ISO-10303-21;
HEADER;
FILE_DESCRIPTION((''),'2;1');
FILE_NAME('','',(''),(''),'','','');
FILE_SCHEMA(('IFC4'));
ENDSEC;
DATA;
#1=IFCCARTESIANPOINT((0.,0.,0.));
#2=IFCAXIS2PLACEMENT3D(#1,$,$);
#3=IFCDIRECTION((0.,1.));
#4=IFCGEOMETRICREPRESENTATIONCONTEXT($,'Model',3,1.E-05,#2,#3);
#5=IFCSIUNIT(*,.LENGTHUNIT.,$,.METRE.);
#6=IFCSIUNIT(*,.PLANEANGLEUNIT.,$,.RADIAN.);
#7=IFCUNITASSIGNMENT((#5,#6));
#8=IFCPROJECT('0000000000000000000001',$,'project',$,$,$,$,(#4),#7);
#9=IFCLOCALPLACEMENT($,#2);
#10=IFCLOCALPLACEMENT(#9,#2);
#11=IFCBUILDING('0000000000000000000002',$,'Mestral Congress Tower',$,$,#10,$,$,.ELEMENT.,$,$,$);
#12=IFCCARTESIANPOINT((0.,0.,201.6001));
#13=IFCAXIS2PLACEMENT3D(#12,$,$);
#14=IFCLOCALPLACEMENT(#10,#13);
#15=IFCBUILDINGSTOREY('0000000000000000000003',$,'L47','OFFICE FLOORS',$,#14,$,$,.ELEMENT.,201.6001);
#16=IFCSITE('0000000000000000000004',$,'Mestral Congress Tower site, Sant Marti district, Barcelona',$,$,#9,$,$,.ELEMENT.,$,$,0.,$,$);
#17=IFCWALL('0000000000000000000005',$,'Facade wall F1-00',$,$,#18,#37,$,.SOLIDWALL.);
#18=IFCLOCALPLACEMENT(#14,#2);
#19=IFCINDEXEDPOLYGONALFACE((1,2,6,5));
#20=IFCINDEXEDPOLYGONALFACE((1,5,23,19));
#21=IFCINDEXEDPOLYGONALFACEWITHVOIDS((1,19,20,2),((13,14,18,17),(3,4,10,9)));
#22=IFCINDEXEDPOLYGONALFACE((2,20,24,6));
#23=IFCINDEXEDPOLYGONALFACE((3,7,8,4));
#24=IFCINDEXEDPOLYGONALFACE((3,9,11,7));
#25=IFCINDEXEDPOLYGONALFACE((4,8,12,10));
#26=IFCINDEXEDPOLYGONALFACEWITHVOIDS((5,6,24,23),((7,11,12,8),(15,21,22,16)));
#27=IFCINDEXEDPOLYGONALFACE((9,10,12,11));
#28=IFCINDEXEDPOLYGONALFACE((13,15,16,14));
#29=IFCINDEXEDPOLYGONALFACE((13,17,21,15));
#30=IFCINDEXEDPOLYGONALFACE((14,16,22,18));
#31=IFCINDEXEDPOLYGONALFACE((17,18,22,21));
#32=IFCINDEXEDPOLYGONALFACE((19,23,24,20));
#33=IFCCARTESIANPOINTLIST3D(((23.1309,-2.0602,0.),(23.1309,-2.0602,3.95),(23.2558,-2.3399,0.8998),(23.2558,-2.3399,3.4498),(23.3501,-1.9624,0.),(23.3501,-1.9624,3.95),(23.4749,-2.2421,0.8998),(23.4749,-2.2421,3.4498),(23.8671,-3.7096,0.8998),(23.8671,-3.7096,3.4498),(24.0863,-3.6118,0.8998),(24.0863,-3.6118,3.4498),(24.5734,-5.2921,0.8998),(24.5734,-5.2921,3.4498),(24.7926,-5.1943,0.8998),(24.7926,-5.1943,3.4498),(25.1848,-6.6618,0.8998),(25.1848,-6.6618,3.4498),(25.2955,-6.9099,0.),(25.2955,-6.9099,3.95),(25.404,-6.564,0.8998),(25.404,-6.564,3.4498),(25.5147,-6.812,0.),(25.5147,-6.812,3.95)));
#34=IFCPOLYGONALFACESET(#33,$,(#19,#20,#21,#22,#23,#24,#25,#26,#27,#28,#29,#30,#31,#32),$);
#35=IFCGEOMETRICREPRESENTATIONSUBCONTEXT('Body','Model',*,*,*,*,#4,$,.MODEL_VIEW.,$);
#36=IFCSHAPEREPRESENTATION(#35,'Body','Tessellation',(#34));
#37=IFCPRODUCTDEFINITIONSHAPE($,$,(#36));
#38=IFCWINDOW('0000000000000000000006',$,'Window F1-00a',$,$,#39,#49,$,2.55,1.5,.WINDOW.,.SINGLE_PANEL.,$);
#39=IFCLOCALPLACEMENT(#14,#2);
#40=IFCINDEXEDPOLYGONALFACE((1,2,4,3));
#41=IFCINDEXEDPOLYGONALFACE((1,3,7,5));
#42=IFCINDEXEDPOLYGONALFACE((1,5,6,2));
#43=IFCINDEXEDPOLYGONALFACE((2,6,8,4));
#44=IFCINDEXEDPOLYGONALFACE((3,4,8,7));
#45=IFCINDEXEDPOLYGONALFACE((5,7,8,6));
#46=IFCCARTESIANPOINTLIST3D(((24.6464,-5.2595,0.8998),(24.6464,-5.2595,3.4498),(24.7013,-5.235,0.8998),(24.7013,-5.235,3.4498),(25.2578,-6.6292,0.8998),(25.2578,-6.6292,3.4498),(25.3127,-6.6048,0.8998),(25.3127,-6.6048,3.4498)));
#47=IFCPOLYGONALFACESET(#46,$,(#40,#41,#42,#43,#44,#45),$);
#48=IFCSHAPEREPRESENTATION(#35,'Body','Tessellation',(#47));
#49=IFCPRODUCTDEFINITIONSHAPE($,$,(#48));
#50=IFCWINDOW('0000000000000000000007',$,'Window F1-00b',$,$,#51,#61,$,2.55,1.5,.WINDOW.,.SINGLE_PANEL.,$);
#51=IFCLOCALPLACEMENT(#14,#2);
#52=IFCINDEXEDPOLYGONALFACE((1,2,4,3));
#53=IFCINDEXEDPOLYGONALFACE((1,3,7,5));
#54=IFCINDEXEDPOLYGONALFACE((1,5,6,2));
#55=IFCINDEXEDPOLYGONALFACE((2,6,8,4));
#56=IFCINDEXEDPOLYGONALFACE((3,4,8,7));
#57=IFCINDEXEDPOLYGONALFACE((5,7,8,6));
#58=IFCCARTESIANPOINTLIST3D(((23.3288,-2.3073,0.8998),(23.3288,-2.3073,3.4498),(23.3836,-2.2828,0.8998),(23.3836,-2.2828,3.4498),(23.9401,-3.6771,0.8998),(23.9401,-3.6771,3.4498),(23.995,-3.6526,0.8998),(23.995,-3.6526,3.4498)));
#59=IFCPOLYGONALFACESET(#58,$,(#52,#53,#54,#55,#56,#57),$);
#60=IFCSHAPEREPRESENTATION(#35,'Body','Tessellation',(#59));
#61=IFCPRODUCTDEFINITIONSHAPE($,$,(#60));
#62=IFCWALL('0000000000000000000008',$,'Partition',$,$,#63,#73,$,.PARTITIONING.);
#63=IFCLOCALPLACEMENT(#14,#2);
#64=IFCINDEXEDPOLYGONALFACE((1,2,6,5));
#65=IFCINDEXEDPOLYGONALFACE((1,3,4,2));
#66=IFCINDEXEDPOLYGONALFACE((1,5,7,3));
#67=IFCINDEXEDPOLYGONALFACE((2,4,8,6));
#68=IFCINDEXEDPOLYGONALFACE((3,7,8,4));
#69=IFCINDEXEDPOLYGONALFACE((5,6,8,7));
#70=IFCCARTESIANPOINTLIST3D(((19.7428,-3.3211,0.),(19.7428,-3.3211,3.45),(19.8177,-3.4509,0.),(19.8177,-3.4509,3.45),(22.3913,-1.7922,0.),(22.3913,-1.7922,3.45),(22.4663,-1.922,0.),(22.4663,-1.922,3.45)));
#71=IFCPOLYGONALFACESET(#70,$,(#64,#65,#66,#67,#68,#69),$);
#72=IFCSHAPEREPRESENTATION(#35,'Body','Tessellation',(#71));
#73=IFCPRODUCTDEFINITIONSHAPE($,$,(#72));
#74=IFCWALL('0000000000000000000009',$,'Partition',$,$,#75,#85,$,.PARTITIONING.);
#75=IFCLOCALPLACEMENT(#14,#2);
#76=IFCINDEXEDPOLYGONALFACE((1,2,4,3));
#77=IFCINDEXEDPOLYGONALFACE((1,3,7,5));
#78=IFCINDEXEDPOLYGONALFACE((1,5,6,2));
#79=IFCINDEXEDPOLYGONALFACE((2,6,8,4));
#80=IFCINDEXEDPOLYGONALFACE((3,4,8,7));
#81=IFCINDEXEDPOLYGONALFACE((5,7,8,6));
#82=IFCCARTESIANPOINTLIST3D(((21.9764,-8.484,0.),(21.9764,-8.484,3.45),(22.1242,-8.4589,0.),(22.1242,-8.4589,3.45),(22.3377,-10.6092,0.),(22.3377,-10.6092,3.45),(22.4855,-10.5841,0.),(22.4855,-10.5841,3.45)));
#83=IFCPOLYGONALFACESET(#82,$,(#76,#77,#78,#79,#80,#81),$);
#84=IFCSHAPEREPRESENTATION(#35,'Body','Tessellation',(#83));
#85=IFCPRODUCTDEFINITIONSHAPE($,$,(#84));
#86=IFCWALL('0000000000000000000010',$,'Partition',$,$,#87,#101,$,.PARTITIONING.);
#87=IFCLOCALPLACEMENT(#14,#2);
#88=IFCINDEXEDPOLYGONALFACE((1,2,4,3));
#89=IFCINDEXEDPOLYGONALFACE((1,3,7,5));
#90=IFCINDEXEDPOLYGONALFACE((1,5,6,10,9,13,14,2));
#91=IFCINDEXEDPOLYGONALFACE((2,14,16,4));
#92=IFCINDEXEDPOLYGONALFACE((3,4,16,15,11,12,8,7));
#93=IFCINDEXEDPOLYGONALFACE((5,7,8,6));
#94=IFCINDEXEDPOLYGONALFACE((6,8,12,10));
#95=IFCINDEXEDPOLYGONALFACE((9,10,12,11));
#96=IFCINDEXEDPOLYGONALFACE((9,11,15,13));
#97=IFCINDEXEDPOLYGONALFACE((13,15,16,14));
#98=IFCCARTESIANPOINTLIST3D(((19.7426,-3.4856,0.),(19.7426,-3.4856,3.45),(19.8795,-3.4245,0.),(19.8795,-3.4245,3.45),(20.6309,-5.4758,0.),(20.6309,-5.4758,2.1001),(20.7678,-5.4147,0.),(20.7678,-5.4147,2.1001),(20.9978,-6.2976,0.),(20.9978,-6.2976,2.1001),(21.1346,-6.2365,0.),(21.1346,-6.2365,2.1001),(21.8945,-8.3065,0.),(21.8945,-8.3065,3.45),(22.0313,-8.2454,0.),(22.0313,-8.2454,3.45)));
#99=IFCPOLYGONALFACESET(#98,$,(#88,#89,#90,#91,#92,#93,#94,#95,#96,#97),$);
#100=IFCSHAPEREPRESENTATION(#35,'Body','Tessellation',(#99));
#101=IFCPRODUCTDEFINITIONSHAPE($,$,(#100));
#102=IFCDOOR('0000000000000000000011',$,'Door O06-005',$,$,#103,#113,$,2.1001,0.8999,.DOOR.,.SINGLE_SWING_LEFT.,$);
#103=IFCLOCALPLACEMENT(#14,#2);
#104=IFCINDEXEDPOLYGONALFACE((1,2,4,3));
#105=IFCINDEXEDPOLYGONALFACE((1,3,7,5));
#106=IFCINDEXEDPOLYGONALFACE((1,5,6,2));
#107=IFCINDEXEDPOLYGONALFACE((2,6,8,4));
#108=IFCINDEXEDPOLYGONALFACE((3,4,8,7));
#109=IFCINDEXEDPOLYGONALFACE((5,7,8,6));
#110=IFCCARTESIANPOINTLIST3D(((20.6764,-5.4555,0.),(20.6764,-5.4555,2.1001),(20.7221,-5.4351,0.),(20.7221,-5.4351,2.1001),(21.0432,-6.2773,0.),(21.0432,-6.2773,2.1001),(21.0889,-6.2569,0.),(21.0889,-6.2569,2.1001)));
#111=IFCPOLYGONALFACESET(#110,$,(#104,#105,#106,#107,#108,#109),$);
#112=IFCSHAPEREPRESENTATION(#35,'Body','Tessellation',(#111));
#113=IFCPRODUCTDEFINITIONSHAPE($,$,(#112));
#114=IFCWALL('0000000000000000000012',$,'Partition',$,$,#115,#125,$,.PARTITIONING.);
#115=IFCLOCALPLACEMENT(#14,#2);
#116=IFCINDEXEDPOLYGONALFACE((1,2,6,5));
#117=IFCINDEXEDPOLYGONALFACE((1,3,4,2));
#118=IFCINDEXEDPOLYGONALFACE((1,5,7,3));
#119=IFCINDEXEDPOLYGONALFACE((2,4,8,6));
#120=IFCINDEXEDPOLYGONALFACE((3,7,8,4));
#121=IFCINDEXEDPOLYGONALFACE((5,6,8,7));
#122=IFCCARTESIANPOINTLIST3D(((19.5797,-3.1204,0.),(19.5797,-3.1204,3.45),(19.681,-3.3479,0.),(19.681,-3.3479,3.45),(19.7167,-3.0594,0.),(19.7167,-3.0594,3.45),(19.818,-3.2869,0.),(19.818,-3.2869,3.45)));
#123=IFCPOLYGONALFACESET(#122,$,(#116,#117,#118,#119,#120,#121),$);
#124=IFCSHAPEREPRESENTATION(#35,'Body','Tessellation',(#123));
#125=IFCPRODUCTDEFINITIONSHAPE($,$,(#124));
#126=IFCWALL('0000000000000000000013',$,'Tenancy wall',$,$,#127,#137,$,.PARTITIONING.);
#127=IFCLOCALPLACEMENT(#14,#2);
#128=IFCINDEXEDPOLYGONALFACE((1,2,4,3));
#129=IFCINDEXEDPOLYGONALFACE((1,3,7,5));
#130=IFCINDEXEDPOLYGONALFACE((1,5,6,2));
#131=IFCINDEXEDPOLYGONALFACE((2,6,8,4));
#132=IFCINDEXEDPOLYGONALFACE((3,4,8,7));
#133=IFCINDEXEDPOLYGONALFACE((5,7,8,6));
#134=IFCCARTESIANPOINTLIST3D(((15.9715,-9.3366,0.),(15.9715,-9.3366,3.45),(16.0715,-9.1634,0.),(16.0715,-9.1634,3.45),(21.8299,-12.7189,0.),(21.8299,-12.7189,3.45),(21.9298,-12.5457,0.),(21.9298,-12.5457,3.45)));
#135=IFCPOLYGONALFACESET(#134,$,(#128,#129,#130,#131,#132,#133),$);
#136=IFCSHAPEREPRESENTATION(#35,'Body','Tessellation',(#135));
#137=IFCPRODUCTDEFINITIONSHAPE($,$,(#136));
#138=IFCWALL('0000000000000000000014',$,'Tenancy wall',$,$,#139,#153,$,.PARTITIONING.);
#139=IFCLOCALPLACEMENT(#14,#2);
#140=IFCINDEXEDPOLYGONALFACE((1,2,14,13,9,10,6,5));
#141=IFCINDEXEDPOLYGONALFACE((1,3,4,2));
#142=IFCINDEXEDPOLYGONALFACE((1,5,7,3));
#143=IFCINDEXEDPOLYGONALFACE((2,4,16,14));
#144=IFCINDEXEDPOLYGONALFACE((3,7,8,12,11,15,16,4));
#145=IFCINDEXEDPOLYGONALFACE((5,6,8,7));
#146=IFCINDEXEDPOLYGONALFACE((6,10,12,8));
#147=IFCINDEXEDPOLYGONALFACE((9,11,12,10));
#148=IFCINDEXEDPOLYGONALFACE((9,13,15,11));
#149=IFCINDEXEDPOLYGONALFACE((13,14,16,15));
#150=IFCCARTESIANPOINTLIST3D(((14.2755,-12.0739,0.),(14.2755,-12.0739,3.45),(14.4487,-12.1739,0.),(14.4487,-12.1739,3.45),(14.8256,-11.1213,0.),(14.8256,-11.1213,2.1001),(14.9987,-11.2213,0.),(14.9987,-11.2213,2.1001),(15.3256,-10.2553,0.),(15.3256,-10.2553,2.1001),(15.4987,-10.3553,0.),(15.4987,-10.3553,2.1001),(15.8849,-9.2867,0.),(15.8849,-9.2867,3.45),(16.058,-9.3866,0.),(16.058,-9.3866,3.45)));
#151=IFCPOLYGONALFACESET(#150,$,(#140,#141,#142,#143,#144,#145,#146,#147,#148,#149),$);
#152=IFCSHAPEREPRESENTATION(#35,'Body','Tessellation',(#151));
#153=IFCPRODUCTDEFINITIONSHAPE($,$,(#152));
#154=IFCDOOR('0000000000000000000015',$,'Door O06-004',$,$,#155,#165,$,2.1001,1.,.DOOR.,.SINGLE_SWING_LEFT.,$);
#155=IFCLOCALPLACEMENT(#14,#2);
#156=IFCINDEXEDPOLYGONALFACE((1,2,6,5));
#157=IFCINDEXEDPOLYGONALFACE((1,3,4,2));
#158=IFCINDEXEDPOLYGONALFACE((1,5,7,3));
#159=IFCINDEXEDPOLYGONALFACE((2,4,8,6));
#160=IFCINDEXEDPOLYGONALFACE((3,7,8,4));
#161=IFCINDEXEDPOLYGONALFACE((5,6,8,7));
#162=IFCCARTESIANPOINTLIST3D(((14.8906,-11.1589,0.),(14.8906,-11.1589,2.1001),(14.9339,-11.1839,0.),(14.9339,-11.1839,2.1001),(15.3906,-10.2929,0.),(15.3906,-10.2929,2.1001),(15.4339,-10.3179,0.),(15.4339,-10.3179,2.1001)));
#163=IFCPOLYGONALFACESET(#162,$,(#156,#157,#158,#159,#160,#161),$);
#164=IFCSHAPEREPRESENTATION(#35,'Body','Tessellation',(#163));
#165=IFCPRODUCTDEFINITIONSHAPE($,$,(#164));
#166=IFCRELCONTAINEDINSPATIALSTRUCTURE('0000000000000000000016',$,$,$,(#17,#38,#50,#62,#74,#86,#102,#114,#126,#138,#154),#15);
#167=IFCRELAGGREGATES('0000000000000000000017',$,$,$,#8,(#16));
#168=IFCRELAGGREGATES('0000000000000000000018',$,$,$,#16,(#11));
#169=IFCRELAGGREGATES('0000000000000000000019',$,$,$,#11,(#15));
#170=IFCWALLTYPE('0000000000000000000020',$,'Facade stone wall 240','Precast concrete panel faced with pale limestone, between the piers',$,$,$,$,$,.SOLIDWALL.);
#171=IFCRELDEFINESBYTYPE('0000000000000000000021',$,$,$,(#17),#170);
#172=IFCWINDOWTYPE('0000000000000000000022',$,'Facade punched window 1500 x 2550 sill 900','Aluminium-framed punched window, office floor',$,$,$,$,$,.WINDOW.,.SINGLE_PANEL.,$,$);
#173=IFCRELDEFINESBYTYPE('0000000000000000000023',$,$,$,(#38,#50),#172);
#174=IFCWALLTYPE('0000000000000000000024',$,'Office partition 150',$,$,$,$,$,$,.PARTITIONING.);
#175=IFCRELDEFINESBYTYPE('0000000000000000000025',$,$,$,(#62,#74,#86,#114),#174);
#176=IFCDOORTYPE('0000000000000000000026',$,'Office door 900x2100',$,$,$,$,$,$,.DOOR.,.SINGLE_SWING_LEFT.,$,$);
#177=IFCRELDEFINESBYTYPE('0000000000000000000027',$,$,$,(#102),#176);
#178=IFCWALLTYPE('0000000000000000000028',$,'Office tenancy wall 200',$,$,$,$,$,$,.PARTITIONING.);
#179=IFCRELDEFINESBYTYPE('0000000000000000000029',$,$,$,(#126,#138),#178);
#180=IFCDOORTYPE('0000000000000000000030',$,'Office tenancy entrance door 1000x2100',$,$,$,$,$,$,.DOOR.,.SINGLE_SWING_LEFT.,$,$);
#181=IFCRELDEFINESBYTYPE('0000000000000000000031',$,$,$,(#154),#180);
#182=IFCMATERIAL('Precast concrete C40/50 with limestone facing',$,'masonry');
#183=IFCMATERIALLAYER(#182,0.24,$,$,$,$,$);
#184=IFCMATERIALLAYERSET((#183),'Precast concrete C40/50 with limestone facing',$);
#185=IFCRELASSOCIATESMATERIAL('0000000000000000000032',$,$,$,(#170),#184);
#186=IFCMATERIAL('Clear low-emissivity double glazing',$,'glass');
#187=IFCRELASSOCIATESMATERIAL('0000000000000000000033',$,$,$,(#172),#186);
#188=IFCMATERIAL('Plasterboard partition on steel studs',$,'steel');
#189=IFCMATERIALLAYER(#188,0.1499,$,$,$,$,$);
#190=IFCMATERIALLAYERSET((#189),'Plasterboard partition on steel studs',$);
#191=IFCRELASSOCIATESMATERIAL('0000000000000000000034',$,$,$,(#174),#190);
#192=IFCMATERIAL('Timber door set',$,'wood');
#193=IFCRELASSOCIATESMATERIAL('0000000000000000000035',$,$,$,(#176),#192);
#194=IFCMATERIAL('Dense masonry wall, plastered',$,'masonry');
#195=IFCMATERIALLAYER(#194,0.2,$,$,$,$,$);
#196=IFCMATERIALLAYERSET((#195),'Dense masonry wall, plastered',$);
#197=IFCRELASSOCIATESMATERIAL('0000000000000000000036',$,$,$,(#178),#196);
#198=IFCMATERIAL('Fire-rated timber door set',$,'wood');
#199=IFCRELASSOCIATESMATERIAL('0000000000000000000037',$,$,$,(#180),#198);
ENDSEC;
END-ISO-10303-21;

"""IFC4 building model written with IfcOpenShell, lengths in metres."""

from ifc_helpers import new_model, si_unit, direction, frame, frame_2d, origin, place, context, subcontext, project, spatial, rectangle, extrude, material, layer, layer_set, type_object, element, fill, save


model = new_model("IFC4")

# Units and contexts
model_context = context("Model", 3, precision=1e-05, world=origin(), true_north=direction((0.0, 1.0)))
body_context = subcontext(model_context, "Body", "Model", "MODEL_VIEW")
ifc_project = project(units=[si_unit("LENGTHUNIT", "METRE"), si_unit("PLANEANGLEUNIT", "RADIAN")], contexts=[model_context])

# Site, building, storey
site_placement = place(None, origin())
site = spatial("IfcSite", under=ifc_project, at=site_placement, Name="Mestral Congress Tower site, Sant Marti district, Barcelona", CompositionType="ELEMENT", RefElevation=0.0)
building_placement = place(site_placement, origin())
building = spatial("IfcBuilding", under=site, at=building_placement, Name="Mestral Congress Tower", CompositionType="ELEMENT")
storey_placement = place(building_placement, frame((0.0, 0.0, 201.6001)))
storey = spatial("IfcBuildingStorey", under=building, at=storey_placement, Name="L47", Description="OFFICE FLOORS", CompositionType="ELEMENT", Elevation=201.6001)

# Shared definitions
ifc_material_1 = material(Name="Precast concrete C40/50 with limestone facing", Category="masonry")
ifc_layer_1 = layer(ifc_material_1, 0.24)
ifc_layer_set_1 = layer_set([ifc_layer_1], Name="Precast concrete C40/50 with limestone facing")
wall_type_1 = type_object("IfcWallType", Name="Facade stone wall 240", Description="Precast concrete panel faced with pale limestone, between the piers", PredefinedType="SOLIDWALL", material=ifc_layer_set_1)
ifc_material_2 = material(Name="Clear low-emissivity double glazing", Category="glass")

# Wall, openings, windows
wall_1_placement = place(storey_placement, frame((25.405, -6.8608, 0.0), z_axis=(0.0, 0.0, 1.0), x_axis=(-0.40758, 0.91317, 0.0)))
wall_1 = element("IfcWall", 1, at=wall_1_placement, inside=storey, type_object=wall_type_1, Name="Facade wall F1-00", PredefinedType="SOLIDWALL", context=body_context, shape_type="SweptSolid", body=[
    extrude(rectangle(XDim=5.3108, YDim=0.24, at=frame_2d((2.6553, 0.0))), origin(), (0.0, 0.0, 1.0), 3.95),
])
opening_1_placement = place(wall_1_placement, frame((0.2715, 0.0, 0.8999)))
opening_1 = element("IfcOpeningElement", 2, at=opening_1_placement, cuts=wall_1, PredefinedType="OPENING", context=body_context, shape_type="SweptSolid", body=[
    extrude(rectangle(XDim=1.5, YDim=2.55, at=frame_2d((0.75, 1.2749))), frame((0.0, 0.1299, 0.0), z_axis=(0.0, -1.0, 0.0), x_axis=(1.0, 0.0, 0.0)), (0.0, 0.0, 1.0), 0.26),
])
opening_2_placement = place(wall_1_placement, frame((3.5044, 0.0, 0.8999)))
opening_2 = element("IfcOpeningElement", 3, at=opening_2_placement, cuts=wall_1, PredefinedType="OPENING", context=body_context, shape_type="SweptSolid", body=[
    extrude(rectangle(XDim=1.5, YDim=2.55, at=frame_2d((0.75, 1.2749))), frame((0.0, 0.1299, 0.0), z_axis=(0.0, -1.0, 0.0), x_axis=(1.0, 0.0, 0.0)), (0.0, 0.0, 1.0), 0.26),
])
window_type_1 = type_object("IfcWindowType", Name="Facade punched window 1500 x 2550 sill 900", Description="Aluminium-framed punched window, office floor", PartitioningType="SINGLE_PANEL", PredefinedType="WINDOW", material=ifc_material_2)
window_1_placement = place(opening_1_placement, origin())
window_1 = element("IfcWindow", 4, at=window_1_placement, inside=storey, type_object=window_type_1, Name="Window F1-00a", OverallHeight=2.55, OverallWidth=1.5, PartitioningType="SINGLE_PANEL", PredefinedType="WINDOW", context=body_context, shape_type="SweptSolid", body=[
    extrude(rectangle(XDim=1.5, YDim=2.55, at=frame_2d((0.75, 1.2749))), frame((0.0, 0.04, 0.0), z_axis=(0.0, -1.0, 0.0), x_axis=(1.0, 0.0, 0.0)), (0.0, 0.0, 1.0), 0.0601),
])
fill(opening_1, window_1)
window_2_placement = place(opening_2_placement, origin())
window_2 = element("IfcWindow", 5, at=window_2_placement, inside=storey, type_object=window_type_1, Name="Window F1-00b", OverallHeight=2.55, OverallWidth=1.5, PartitioningType="SINGLE_PANEL", PredefinedType="WINDOW", context=body_context, shape_type="SweptSolid", body=[
    extrude(rectangle(XDim=1.5, YDim=2.55, at=frame_2d((0.75, 1.2749))), frame((0.0, 0.04, 0.0), z_axis=(0.0, -1.0, 0.0), x_axis=(1.0, 0.0, 0.0)), (0.0, 0.0, 1.0), 0.0601),
])
fill(opening_2, window_2)

# Walls
ifc_material_3 = material(Name="Plasterboard partition on steel studs", Category="steel")
ifc_layer_2 = layer(ifc_material_3, 0.1499)
ifc_layer_set_2 = layer_set([ifc_layer_2], Name="Plasterboard partition on steel studs")
wall_type_2 = type_object("IfcWallType", Name="Office partition 150", PredefinedType="PARTITIONING", material=ifc_layer_set_2)
wall_2_placement = place(storey_placement, frame((19.7803, -3.386, 0.0), z_axis=(0.0, 0.0, 1.0), x_axis=(0.866063, 0.499934, 0.0)))
element("IfcWall", 6, at=wall_2_placement, inside=storey, type_object=wall_type_2, Name="Partition", PredefinedType="PARTITIONING", context=body_context, shape_type="SweptSolid", body=[
    extrude(rectangle(XDim=3.0581, YDim=0.1499, at=frame_2d((1.5291, 0.0))), origin(), (0.0, 0.0, 1.0), 3.45),
])
wall_3_placement = place(storey_placement, frame((22.4116, -10.5967, 0.0), z_axis=(0.0, 0.0, 1.0), x_axis=(-0.167612, 0.985853, 0.0)))
element("IfcWall", 7, at=wall_3_placement, inside=storey, type_object=wall_type_2, Name="Partition", PredefinedType="PARTITIONING", context=body_context, shape_type="SweptSolid", body=[
    extrude(rectangle(XDim=2.1558, YDim=0.1499, at=frame_2d((1.0779, 0.0))), origin(), (0.0, 0.0, 1.0), 3.45),
])

# Wall, opening, door
wall_4_placement = place(storey_placement, frame((19.811, -3.4551, 0.0), z_axis=(0.0, 0.0, 1.0), x_axis=(0.407605, -0.913158, 0.0)))
wall_4 = element("IfcWall", 8, at=wall_4_placement, inside=storey, type_object=wall_type_2, Name="Partition", PredefinedType="PARTITIONING", context=body_context, shape_type="SweptSolid", body=[
    extrude(rectangle(XDim=5.2793, YDim=0.1499, at=frame_2d((2.6396, 0.0))), origin(), (0.0, 0.0, 1.0), 3.45),
])
opening_3_placement = place(wall_4_placement, frame((2.1794, 0.0, 0.0)))
opening_3 = element("IfcOpeningElement", 9, at=opening_3_placement, cuts=wall_4, PredefinedType="OPENING", context=body_context, shape_type="SweptSolid", body=[
    extrude(rectangle(XDim=0.8999, YDim=2.1001, at=frame_2d((0.45, 1.05))), frame((0.0, 0.085, 0.0), z_axis=(0.0, -1.0, 0.0), x_axis=(1.0, 0.0, 0.0)), (0.0, 0.0, 1.0), 0.1699),
])
ifc_material_4 = material(Name="Timber door set", Category="wood")
door_type_1 = type_object("IfcDoorType", Name="Office door 900x2100", OperationType="SINGLE_SWING_LEFT", PredefinedType="DOOR", material=ifc_material_4)
door_1_placement = place(opening_3_placement, origin())
door_1 = element("IfcDoor", 10, at=door_1_placement, inside=storey, type_object=door_type_1, Name="Door O06-005", OperationType="SINGLE_SWING_LEFT", OverallHeight=2.1001, OverallWidth=0.8999, PredefinedType="DOOR", context=body_context, shape_type="SweptSolid", body=[
    extrude(rectangle(XDim=0.8999, YDim=2.1001, at=frame_2d((0.45, 1.05))), frame((0.0, 0.0249, 0.0), z_axis=(0.0, -1.0, 0.0), x_axis=(1.0, 0.0, 0.0)), (0.0, 0.0, 1.0), 0.05),
])
fill(opening_3, door_1)

# Walls
wall_5_placement = place(storey_placement, frame((19.7495, -3.3174, 0.0), z_axis=(0.0, 0.0, 1.0), x_axis=(-0.406775, 0.913528, 0.0)))
element("IfcWall", 11, at=wall_5_placement, inside=storey, type_object=wall_type_2, Name="Partition", PredefinedType="PARTITIONING", context=body_context, shape_type="SweptSolid", body=[
    extrude(rectangle(XDim=0.249, YDim=0.1499, at=frame_2d((0.1245, 0.0))), origin(), (0.0, 0.0, 1.0), 3.45),
])
ifc_material_5 = material(Name="Dense masonry wall, plastered", Category="masonry")
ifc_layer_3 = layer(ifc_material_5, 0.2)
ifc_layer_set_3 = layer_set([ifc_layer_3], Name="Dense masonry wall, plastered")
wall_type_3 = type_object("IfcWallType", Name="Office tenancy wall 200", PredefinedType="PARTITIONING", material=ifc_layer_set_3)
wall_6_placement = place(storey_placement, frame((16.0215, -9.25, 0.0), z_axis=(0.0, 0.0, 1.0), x_axis=(0.866027, -0.499997, 0.0)))
element("IfcWall", 12, at=wall_6_placement, inside=storey, type_object=wall_type_3, Name="Tenancy wall", PredefinedType="PARTITIONING", context=body_context, shape_type="SweptSolid", body=[
    extrude(rectangle(XDim=6.7646, YDim=0.2, at=frame_2d((3.3823, 0.0))), origin(), (0.0, 0.0, 1.0), 3.45),
])

# Wall, opening, door
wall_7_placement = place(storey_placement, frame((14.3621, -12.124, 0.0), z_axis=(0.0, 0.0, 1.0), x_axis=(0.500022, 0.866013, 0.0)))
wall_7 = element("IfcWall", 13, at=wall_7_placement, inside=storey, type_object=wall_type_3, Name="Tenancy wall", PredefinedType="PARTITIONING", context=body_context, shape_type="SweptSolid", body=[
    extrude(rectangle(XDim=3.2185, YDim=0.2, at=frame_2d((1.6094, 0.0))), origin(), (0.0, 0.0, 1.0), 3.45),
])
opening_4_placement = place(wall_7_placement, frame((1.1001, 0.0, 0.0)))
opening_4 = element("IfcOpeningElement", 14, at=opening_4_placement, cuts=wall_7, PredefinedType="OPENING", context=body_context, shape_type="SweptSolid", body=[
    extrude(rectangle(XDim=1.0, YDim=2.1001, at=frame_2d((0.5, 1.05))), frame((0.0, 0.1099, 0.0), z_axis=(0.0, -1.0, 0.0), x_axis=(1.0, 0.0, 0.0)), (0.0, 0.0, 1.0), 0.22),
])
ifc_material_6 = material(Name="Fire-rated timber door set", Category="wood")
door_type_2 = type_object("IfcDoorType", Name="Office tenancy entrance door 1000x2100", OperationType="SINGLE_SWING_LEFT", PredefinedType="DOOR", material=ifc_material_6)
door_2_placement = place(opening_4_placement, origin())
door_2 = element("IfcDoor", 15, at=door_2_placement, inside=storey, type_object=door_type_2, Name="Door O06-004", OperationType="SINGLE_SWING_LEFT", OverallHeight=2.1001, OverallWidth=1.0, PredefinedType="DOOR", context=body_context, shape_type="SweptSolid", body=[
    extrude(rectangle(XDim=1.0, YDim=2.1001, at=frame_2d((0.5, 1.05))), frame((0.0, 0.0249, 0.0), z_axis=(0.0, -1.0, 0.0), x_axis=(1.0, 0.0, 0.0)), (0.0, 0.0, 1.0), 0.05),
])
fill(opening_4, door_2)

save(model, "model.ifc")
